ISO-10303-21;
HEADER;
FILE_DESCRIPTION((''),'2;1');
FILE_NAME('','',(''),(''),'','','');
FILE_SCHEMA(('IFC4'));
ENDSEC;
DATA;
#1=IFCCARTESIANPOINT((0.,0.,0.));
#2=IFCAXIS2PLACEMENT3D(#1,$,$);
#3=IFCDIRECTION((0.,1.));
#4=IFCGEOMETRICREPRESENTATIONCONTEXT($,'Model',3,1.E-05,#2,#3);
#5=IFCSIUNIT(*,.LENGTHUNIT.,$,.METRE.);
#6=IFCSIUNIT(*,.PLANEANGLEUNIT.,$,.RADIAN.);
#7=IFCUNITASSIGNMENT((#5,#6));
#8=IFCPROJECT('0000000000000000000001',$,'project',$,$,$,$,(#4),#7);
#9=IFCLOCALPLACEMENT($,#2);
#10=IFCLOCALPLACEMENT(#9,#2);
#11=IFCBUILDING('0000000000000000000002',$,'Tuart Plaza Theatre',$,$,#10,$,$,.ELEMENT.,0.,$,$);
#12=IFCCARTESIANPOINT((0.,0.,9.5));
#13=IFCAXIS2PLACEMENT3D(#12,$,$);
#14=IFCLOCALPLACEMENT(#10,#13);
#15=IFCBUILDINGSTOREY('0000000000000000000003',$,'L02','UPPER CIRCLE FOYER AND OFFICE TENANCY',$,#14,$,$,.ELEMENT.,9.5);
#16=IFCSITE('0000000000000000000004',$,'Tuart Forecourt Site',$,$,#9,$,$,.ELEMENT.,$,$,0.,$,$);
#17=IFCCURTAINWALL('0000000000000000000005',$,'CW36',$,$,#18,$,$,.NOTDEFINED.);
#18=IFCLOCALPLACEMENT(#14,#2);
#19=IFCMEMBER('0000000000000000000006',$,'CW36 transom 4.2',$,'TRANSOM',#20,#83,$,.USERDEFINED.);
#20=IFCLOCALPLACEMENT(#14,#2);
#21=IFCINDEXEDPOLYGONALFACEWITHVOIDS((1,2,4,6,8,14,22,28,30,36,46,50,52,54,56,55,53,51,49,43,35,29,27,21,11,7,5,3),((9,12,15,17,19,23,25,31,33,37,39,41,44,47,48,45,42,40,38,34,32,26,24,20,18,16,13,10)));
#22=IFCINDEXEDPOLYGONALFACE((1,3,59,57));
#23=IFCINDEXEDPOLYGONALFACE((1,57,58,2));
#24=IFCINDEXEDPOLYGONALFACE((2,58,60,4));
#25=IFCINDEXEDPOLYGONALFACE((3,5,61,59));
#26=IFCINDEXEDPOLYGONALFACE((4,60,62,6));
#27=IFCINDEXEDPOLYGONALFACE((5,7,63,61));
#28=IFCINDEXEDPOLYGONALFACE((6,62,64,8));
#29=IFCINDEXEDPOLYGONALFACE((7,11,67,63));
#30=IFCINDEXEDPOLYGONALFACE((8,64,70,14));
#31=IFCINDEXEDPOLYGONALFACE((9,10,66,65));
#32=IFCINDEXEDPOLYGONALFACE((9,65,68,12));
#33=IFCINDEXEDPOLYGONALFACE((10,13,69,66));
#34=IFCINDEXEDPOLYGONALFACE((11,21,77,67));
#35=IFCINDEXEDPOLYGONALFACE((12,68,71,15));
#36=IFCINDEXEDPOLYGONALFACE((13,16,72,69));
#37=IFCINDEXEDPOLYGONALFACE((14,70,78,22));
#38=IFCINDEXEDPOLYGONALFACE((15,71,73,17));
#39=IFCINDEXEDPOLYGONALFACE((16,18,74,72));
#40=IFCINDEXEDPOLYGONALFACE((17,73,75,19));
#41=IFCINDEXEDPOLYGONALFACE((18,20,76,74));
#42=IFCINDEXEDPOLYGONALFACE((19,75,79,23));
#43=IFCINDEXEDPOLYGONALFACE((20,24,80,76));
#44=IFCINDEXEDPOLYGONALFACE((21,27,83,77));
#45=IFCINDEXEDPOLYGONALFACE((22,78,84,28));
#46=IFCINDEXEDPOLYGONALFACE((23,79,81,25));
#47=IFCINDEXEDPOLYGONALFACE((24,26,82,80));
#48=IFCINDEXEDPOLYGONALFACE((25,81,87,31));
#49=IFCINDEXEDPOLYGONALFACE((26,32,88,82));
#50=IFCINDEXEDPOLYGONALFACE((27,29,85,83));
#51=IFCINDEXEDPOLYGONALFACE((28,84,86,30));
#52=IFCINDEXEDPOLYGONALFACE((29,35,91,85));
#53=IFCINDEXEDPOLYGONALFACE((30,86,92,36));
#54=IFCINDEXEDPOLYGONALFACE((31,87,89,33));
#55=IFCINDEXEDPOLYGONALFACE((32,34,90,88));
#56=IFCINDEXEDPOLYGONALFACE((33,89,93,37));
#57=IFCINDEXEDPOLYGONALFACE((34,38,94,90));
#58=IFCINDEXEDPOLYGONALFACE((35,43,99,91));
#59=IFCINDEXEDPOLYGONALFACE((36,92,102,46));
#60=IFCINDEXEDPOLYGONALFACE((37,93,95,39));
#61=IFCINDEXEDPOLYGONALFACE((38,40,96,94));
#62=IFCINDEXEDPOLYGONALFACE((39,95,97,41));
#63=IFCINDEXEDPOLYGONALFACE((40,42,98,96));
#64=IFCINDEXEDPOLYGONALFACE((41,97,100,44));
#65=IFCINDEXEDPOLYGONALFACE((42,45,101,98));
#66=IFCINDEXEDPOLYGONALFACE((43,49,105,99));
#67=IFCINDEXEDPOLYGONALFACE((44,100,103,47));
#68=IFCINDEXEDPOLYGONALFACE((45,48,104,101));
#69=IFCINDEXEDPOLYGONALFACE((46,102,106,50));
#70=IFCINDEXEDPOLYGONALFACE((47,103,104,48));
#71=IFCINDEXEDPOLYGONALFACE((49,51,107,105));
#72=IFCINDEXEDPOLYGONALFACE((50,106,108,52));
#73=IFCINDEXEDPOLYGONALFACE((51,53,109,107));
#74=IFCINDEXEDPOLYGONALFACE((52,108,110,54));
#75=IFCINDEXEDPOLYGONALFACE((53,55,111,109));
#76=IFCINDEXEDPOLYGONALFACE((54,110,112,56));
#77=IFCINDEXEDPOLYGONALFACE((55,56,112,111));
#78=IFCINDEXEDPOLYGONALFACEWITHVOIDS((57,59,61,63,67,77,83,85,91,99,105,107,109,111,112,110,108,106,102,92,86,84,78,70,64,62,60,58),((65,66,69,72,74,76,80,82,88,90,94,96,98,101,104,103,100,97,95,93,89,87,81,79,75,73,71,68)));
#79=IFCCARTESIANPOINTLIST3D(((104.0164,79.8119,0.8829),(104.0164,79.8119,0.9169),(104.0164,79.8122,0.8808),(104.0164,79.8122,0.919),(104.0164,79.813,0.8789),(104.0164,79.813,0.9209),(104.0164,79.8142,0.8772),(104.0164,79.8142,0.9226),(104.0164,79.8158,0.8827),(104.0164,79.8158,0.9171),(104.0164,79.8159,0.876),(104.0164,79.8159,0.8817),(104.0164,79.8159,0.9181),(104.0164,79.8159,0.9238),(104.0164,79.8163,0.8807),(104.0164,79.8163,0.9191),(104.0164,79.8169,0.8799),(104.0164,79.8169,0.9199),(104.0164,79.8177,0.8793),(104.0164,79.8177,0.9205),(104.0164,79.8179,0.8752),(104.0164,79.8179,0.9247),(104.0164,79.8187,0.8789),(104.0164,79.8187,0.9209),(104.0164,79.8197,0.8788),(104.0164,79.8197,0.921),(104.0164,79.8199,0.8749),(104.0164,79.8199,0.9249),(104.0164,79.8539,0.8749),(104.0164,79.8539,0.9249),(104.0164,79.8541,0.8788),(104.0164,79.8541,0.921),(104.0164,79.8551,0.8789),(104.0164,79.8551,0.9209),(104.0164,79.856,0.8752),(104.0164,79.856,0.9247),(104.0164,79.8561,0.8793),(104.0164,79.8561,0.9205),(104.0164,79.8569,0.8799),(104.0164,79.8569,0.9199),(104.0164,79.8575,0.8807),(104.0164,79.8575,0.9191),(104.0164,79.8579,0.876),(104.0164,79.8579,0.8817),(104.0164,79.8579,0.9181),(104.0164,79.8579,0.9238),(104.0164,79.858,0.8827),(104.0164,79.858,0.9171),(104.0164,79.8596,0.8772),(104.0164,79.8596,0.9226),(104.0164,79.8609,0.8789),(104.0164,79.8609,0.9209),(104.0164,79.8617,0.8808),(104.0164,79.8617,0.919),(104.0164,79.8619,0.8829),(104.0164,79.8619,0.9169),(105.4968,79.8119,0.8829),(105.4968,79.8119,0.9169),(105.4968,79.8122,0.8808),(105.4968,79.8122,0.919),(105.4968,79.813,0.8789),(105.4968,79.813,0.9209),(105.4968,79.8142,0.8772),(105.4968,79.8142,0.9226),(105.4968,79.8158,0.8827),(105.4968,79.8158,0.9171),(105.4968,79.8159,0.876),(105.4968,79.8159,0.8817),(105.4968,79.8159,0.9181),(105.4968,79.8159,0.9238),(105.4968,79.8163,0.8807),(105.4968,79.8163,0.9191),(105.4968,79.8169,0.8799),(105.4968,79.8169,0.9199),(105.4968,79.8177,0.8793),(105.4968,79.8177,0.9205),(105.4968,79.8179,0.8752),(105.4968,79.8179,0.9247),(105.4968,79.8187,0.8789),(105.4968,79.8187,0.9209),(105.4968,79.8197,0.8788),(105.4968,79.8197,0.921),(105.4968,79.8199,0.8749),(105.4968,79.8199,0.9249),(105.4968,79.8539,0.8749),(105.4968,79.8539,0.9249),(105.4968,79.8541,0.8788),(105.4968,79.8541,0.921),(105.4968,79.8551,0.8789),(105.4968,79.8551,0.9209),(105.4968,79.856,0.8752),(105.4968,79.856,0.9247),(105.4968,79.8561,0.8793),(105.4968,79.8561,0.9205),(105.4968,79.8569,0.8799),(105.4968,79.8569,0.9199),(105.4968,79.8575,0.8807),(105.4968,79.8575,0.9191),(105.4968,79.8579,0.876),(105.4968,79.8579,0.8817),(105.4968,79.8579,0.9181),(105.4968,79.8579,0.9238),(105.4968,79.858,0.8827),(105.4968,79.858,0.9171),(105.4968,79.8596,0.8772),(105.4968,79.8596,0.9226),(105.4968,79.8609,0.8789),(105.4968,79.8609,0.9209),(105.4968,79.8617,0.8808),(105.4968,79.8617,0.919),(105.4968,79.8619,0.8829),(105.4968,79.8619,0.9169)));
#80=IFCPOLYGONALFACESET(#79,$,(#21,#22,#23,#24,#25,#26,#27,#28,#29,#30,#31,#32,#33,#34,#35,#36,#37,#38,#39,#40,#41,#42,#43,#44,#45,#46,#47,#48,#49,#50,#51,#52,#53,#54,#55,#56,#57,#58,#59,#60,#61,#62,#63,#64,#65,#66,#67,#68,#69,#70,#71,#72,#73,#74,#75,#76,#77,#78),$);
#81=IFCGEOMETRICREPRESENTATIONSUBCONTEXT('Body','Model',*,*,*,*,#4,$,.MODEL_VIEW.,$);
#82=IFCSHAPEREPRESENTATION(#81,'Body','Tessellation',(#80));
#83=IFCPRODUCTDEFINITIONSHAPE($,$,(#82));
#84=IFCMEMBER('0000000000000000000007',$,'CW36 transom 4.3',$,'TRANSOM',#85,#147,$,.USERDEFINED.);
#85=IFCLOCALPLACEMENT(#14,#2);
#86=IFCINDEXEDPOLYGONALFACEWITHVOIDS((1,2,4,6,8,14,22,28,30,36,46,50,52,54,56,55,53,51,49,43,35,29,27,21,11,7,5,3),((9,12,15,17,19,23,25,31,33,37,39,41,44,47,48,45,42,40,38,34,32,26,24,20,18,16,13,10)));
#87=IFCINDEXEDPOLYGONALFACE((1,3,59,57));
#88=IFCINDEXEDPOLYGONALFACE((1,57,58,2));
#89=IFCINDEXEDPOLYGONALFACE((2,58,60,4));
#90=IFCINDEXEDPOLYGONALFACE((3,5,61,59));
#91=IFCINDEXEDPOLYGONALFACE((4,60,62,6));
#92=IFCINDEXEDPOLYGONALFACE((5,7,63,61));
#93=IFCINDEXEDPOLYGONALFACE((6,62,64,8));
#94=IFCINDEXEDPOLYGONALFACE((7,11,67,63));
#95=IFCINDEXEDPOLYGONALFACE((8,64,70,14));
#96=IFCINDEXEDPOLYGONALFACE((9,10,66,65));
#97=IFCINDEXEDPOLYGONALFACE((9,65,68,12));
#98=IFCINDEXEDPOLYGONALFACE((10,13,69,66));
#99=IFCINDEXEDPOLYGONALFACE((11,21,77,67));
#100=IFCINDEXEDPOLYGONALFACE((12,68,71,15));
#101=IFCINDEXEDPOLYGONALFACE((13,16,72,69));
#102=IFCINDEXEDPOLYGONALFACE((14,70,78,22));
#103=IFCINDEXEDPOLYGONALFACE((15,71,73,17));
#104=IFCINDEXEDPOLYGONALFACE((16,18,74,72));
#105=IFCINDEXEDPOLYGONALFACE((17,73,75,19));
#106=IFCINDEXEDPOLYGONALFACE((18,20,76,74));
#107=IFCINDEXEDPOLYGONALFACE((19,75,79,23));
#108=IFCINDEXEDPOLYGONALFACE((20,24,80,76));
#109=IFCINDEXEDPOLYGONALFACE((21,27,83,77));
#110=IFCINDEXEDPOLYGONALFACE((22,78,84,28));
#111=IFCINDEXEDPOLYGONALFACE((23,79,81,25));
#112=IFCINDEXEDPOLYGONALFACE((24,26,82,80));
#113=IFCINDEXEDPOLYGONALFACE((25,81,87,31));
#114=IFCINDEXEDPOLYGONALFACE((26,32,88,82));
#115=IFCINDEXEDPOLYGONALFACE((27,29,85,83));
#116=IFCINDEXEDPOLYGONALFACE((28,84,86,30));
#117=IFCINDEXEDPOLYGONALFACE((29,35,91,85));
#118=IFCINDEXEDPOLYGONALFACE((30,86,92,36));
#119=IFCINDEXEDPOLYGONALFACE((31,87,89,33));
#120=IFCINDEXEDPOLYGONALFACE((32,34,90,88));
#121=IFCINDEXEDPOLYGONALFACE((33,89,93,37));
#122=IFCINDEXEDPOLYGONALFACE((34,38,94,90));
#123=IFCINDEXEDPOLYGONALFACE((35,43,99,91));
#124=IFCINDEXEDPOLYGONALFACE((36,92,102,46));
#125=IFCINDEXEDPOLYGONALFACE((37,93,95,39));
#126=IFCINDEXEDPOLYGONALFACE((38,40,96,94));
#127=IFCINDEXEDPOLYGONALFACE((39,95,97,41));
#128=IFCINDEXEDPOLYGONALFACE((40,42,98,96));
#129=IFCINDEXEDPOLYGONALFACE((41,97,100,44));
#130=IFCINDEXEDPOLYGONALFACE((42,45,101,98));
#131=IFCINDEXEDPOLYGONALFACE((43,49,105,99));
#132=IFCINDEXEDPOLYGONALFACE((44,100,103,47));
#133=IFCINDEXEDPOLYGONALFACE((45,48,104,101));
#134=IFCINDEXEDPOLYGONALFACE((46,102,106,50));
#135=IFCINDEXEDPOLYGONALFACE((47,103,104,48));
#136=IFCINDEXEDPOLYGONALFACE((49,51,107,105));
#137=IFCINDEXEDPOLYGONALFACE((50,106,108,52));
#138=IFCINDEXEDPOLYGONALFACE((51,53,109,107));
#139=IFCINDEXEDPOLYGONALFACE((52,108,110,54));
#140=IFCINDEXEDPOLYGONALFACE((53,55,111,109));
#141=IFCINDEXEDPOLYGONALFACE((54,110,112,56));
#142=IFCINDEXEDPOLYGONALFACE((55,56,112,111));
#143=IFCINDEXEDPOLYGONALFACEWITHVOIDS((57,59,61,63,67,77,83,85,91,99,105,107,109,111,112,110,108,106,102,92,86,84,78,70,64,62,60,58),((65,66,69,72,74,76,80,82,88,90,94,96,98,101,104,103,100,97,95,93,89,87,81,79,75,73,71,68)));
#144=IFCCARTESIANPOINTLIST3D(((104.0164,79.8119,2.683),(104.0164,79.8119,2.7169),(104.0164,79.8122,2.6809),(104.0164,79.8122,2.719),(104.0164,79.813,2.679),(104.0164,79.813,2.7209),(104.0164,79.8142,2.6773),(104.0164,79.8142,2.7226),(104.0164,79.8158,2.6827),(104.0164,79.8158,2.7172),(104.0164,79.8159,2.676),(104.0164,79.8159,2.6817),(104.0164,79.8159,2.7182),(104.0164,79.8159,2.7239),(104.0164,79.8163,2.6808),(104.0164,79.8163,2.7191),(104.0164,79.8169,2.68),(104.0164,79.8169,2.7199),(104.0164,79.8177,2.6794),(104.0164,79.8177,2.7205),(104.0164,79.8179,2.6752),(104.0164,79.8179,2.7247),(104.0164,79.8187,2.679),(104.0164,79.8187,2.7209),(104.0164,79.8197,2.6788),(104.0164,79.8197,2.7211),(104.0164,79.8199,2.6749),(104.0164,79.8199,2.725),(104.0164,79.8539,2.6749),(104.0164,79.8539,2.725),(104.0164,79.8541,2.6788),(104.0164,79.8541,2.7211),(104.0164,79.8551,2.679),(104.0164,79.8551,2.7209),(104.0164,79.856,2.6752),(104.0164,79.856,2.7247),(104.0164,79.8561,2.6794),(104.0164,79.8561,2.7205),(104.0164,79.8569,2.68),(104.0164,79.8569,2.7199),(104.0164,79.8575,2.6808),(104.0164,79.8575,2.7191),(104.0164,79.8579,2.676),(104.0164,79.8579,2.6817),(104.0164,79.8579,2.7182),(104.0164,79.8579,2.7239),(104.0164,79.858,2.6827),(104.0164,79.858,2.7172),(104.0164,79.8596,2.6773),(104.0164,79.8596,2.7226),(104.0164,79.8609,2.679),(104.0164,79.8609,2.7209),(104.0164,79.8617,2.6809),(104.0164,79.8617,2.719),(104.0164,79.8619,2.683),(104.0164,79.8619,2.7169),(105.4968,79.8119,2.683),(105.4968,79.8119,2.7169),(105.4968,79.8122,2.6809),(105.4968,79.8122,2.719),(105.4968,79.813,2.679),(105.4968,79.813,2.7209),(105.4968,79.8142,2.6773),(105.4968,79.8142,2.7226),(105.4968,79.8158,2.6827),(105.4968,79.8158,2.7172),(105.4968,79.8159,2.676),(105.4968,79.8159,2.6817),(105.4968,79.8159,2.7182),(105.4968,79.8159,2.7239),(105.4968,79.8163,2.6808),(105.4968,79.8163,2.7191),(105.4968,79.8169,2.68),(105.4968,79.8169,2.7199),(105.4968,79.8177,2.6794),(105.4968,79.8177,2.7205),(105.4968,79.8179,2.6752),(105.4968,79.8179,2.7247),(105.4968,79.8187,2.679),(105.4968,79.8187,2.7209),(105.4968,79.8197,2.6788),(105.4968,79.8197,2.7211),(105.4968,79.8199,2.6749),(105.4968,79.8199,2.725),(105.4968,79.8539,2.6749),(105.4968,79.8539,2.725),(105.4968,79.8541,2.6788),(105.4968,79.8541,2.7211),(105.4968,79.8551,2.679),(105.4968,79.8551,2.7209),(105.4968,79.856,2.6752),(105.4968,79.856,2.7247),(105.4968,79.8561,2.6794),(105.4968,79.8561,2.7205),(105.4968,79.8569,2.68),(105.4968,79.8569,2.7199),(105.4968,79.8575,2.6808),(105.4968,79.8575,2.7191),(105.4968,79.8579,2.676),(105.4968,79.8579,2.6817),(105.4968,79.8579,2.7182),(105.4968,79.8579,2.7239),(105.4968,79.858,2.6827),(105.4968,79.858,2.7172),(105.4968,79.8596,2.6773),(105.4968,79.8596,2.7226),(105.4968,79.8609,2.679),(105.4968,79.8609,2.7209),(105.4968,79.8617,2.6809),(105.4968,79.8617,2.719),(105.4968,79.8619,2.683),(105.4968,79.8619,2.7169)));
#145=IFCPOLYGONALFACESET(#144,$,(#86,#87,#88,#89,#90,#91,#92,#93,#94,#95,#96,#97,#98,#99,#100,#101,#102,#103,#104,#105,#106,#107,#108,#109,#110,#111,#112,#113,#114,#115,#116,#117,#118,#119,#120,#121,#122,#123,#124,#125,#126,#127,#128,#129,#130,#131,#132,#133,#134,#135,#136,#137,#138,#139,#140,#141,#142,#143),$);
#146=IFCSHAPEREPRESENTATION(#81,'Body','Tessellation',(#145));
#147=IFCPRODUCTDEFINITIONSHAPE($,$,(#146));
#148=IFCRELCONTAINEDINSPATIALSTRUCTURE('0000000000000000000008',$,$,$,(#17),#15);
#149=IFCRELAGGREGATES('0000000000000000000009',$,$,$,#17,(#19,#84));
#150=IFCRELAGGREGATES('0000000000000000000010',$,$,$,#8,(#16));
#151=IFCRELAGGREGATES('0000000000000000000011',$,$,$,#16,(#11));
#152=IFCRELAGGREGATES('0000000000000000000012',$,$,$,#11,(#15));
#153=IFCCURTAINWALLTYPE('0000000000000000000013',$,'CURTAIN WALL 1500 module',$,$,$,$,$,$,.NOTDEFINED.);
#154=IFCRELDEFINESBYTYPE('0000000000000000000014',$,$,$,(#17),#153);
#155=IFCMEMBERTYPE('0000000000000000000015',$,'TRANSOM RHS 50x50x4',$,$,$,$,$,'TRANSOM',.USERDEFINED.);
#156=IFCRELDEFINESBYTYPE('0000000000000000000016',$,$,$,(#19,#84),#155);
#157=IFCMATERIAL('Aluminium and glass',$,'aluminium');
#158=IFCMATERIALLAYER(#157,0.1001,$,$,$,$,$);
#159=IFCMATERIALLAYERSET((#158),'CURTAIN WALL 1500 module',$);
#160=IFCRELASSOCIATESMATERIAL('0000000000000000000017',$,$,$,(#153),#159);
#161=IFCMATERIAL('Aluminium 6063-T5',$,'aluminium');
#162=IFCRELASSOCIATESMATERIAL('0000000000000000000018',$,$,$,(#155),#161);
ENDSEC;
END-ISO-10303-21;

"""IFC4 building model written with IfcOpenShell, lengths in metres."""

from ifc_helpers import new_model, si_unit, direction, frame, origin, origin_2d, place, context, subcontext, project, spatial, hollow_rectangle, extrude, material, layer, layer_set, material_profile, profile_set, type_object, element, aggregate, save


model = new_model("IFC4")

# Units and contexts
model_context = context("Model", 3, precision=1e-05, world=origin(), true_north=direction((0.0, 1.0)))
body_context = subcontext(model_context, "Body", "Model", "MODEL_VIEW")
ifc_project = project(units=[si_unit("LENGTHUNIT", "METRE"), si_unit("PLANEANGLEUNIT", "RADIAN")], contexts=[model_context])

# Site, building, storey
site_placement = place(None, origin())
site = spatial("IfcSite", under=ifc_project, at=site_placement, Name="Tuart Forecourt Site", CompositionType="ELEMENT", RefElevation=0.0)
building_placement = place(site_placement, origin())
building = spatial("IfcBuilding", under=site, at=building_placement, Name="Tuart Plaza Theatre", CompositionType="ELEMENT", ElevationOfRefHeight=0.0)
storey_placement = place(building_placement, frame((0.0, 0.0, 9.5)))
storey = spatial("IfcBuildingStorey", under=building, at=storey_placement, Name="L02", Description="UPPER CIRCLE FOYER AND OFFICE TENANCY", CompositionType="ELEMENT", Elevation=9.5)

# Curtain wall, members
ifc_material_1 = material(Name="Aluminium and glass", Category="aluminium")
ifc_layer_1 = layer(ifc_material_1, 0.1001)
ifc_layer_set_1 = layer_set([ifc_layer_1], Name="CURTAIN WALL 1500 module")
curtain_wall_type = type_object("IfcCurtainWallType", Name="CURTAIN WALL 1500 module", PredefinedType="NOTDEFINED", material=ifc_layer_set_1)
curtain_wall_placement = place(storey_placement, origin())
curtain_wall = element("IfcCurtainWall", 1, at=curtain_wall_placement, inside=storey, type_object=curtain_wall_type, Name="CW36", PredefinedType="NOTDEFINED")
ifc_material_2 = material(Name="Aluminium 6063-T5", Category="aluminium")
ifc_material_profile_1 = material_profile(ifc_material_2, hollow_rectangle(XDim=0.05, YDim=0.05, WallThickness=0.0039, InnerFilletRadius=0.0039, OuterFilletRadius=0.0081, at=origin_2d()), Name="RHS 50x50x4")
ifc_profile_set_1 = profile_set([ifc_material_profile_1], Name="Aluminium 6063-T5")
member_type_1 = type_object("IfcMemberType", Name="TRANSOM RHS 50x50x4", ElementType="TRANSOM", PredefinedType="USERDEFINED", material=ifc_profile_set_1)
member_1_placement = place(storey_placement, frame((104.0164, 79.8369, 0.8999), z_axis=(1.0, 0.0, 0.0), x_axis=(0.0, 1.0, 0.0)))
member_1 = element("IfcMember", 2, at=member_1_placement, type_object=member_type_1, Name="CW36 transom 4.2", ObjectType="TRANSOM", PredefinedType="USERDEFINED", context=body_context, shape_type="SweptSolid", body=[
    extrude(hollow_rectangle(XDim=0.05, YDim=0.05, WallThickness=0.0039, InnerFilletRadius=0.0039, OuterFilletRadius=0.0081, at=origin_2d()), origin(), (0.0, 0.0, 1.0), 1.4805),
])
member_2_placement = place(storey_placement, frame((104.0164, 79.8369, 2.7), z_axis=(1.0, 0.0, 0.0), x_axis=(0.0, 1.0, 0.0)))
member_2 = element("IfcMember", 3, at=member_2_placement, type_object=member_type_1, Name="CW36 transom 4.3", ObjectType="TRANSOM", PredefinedType="USERDEFINED", context=body_context, shape_type="SweptSolid", body=[
    extrude(hollow_rectangle(XDim=0.05, YDim=0.05, WallThickness=0.0039, InnerFilletRadius=0.0039, OuterFilletRadius=0.0081, at=origin_2d()), origin(), (0.0, 0.0, 1.0), 1.4805),
])
aggregate(curtain_wall, [member_1, member_2])

save(model, "model.ifc")
